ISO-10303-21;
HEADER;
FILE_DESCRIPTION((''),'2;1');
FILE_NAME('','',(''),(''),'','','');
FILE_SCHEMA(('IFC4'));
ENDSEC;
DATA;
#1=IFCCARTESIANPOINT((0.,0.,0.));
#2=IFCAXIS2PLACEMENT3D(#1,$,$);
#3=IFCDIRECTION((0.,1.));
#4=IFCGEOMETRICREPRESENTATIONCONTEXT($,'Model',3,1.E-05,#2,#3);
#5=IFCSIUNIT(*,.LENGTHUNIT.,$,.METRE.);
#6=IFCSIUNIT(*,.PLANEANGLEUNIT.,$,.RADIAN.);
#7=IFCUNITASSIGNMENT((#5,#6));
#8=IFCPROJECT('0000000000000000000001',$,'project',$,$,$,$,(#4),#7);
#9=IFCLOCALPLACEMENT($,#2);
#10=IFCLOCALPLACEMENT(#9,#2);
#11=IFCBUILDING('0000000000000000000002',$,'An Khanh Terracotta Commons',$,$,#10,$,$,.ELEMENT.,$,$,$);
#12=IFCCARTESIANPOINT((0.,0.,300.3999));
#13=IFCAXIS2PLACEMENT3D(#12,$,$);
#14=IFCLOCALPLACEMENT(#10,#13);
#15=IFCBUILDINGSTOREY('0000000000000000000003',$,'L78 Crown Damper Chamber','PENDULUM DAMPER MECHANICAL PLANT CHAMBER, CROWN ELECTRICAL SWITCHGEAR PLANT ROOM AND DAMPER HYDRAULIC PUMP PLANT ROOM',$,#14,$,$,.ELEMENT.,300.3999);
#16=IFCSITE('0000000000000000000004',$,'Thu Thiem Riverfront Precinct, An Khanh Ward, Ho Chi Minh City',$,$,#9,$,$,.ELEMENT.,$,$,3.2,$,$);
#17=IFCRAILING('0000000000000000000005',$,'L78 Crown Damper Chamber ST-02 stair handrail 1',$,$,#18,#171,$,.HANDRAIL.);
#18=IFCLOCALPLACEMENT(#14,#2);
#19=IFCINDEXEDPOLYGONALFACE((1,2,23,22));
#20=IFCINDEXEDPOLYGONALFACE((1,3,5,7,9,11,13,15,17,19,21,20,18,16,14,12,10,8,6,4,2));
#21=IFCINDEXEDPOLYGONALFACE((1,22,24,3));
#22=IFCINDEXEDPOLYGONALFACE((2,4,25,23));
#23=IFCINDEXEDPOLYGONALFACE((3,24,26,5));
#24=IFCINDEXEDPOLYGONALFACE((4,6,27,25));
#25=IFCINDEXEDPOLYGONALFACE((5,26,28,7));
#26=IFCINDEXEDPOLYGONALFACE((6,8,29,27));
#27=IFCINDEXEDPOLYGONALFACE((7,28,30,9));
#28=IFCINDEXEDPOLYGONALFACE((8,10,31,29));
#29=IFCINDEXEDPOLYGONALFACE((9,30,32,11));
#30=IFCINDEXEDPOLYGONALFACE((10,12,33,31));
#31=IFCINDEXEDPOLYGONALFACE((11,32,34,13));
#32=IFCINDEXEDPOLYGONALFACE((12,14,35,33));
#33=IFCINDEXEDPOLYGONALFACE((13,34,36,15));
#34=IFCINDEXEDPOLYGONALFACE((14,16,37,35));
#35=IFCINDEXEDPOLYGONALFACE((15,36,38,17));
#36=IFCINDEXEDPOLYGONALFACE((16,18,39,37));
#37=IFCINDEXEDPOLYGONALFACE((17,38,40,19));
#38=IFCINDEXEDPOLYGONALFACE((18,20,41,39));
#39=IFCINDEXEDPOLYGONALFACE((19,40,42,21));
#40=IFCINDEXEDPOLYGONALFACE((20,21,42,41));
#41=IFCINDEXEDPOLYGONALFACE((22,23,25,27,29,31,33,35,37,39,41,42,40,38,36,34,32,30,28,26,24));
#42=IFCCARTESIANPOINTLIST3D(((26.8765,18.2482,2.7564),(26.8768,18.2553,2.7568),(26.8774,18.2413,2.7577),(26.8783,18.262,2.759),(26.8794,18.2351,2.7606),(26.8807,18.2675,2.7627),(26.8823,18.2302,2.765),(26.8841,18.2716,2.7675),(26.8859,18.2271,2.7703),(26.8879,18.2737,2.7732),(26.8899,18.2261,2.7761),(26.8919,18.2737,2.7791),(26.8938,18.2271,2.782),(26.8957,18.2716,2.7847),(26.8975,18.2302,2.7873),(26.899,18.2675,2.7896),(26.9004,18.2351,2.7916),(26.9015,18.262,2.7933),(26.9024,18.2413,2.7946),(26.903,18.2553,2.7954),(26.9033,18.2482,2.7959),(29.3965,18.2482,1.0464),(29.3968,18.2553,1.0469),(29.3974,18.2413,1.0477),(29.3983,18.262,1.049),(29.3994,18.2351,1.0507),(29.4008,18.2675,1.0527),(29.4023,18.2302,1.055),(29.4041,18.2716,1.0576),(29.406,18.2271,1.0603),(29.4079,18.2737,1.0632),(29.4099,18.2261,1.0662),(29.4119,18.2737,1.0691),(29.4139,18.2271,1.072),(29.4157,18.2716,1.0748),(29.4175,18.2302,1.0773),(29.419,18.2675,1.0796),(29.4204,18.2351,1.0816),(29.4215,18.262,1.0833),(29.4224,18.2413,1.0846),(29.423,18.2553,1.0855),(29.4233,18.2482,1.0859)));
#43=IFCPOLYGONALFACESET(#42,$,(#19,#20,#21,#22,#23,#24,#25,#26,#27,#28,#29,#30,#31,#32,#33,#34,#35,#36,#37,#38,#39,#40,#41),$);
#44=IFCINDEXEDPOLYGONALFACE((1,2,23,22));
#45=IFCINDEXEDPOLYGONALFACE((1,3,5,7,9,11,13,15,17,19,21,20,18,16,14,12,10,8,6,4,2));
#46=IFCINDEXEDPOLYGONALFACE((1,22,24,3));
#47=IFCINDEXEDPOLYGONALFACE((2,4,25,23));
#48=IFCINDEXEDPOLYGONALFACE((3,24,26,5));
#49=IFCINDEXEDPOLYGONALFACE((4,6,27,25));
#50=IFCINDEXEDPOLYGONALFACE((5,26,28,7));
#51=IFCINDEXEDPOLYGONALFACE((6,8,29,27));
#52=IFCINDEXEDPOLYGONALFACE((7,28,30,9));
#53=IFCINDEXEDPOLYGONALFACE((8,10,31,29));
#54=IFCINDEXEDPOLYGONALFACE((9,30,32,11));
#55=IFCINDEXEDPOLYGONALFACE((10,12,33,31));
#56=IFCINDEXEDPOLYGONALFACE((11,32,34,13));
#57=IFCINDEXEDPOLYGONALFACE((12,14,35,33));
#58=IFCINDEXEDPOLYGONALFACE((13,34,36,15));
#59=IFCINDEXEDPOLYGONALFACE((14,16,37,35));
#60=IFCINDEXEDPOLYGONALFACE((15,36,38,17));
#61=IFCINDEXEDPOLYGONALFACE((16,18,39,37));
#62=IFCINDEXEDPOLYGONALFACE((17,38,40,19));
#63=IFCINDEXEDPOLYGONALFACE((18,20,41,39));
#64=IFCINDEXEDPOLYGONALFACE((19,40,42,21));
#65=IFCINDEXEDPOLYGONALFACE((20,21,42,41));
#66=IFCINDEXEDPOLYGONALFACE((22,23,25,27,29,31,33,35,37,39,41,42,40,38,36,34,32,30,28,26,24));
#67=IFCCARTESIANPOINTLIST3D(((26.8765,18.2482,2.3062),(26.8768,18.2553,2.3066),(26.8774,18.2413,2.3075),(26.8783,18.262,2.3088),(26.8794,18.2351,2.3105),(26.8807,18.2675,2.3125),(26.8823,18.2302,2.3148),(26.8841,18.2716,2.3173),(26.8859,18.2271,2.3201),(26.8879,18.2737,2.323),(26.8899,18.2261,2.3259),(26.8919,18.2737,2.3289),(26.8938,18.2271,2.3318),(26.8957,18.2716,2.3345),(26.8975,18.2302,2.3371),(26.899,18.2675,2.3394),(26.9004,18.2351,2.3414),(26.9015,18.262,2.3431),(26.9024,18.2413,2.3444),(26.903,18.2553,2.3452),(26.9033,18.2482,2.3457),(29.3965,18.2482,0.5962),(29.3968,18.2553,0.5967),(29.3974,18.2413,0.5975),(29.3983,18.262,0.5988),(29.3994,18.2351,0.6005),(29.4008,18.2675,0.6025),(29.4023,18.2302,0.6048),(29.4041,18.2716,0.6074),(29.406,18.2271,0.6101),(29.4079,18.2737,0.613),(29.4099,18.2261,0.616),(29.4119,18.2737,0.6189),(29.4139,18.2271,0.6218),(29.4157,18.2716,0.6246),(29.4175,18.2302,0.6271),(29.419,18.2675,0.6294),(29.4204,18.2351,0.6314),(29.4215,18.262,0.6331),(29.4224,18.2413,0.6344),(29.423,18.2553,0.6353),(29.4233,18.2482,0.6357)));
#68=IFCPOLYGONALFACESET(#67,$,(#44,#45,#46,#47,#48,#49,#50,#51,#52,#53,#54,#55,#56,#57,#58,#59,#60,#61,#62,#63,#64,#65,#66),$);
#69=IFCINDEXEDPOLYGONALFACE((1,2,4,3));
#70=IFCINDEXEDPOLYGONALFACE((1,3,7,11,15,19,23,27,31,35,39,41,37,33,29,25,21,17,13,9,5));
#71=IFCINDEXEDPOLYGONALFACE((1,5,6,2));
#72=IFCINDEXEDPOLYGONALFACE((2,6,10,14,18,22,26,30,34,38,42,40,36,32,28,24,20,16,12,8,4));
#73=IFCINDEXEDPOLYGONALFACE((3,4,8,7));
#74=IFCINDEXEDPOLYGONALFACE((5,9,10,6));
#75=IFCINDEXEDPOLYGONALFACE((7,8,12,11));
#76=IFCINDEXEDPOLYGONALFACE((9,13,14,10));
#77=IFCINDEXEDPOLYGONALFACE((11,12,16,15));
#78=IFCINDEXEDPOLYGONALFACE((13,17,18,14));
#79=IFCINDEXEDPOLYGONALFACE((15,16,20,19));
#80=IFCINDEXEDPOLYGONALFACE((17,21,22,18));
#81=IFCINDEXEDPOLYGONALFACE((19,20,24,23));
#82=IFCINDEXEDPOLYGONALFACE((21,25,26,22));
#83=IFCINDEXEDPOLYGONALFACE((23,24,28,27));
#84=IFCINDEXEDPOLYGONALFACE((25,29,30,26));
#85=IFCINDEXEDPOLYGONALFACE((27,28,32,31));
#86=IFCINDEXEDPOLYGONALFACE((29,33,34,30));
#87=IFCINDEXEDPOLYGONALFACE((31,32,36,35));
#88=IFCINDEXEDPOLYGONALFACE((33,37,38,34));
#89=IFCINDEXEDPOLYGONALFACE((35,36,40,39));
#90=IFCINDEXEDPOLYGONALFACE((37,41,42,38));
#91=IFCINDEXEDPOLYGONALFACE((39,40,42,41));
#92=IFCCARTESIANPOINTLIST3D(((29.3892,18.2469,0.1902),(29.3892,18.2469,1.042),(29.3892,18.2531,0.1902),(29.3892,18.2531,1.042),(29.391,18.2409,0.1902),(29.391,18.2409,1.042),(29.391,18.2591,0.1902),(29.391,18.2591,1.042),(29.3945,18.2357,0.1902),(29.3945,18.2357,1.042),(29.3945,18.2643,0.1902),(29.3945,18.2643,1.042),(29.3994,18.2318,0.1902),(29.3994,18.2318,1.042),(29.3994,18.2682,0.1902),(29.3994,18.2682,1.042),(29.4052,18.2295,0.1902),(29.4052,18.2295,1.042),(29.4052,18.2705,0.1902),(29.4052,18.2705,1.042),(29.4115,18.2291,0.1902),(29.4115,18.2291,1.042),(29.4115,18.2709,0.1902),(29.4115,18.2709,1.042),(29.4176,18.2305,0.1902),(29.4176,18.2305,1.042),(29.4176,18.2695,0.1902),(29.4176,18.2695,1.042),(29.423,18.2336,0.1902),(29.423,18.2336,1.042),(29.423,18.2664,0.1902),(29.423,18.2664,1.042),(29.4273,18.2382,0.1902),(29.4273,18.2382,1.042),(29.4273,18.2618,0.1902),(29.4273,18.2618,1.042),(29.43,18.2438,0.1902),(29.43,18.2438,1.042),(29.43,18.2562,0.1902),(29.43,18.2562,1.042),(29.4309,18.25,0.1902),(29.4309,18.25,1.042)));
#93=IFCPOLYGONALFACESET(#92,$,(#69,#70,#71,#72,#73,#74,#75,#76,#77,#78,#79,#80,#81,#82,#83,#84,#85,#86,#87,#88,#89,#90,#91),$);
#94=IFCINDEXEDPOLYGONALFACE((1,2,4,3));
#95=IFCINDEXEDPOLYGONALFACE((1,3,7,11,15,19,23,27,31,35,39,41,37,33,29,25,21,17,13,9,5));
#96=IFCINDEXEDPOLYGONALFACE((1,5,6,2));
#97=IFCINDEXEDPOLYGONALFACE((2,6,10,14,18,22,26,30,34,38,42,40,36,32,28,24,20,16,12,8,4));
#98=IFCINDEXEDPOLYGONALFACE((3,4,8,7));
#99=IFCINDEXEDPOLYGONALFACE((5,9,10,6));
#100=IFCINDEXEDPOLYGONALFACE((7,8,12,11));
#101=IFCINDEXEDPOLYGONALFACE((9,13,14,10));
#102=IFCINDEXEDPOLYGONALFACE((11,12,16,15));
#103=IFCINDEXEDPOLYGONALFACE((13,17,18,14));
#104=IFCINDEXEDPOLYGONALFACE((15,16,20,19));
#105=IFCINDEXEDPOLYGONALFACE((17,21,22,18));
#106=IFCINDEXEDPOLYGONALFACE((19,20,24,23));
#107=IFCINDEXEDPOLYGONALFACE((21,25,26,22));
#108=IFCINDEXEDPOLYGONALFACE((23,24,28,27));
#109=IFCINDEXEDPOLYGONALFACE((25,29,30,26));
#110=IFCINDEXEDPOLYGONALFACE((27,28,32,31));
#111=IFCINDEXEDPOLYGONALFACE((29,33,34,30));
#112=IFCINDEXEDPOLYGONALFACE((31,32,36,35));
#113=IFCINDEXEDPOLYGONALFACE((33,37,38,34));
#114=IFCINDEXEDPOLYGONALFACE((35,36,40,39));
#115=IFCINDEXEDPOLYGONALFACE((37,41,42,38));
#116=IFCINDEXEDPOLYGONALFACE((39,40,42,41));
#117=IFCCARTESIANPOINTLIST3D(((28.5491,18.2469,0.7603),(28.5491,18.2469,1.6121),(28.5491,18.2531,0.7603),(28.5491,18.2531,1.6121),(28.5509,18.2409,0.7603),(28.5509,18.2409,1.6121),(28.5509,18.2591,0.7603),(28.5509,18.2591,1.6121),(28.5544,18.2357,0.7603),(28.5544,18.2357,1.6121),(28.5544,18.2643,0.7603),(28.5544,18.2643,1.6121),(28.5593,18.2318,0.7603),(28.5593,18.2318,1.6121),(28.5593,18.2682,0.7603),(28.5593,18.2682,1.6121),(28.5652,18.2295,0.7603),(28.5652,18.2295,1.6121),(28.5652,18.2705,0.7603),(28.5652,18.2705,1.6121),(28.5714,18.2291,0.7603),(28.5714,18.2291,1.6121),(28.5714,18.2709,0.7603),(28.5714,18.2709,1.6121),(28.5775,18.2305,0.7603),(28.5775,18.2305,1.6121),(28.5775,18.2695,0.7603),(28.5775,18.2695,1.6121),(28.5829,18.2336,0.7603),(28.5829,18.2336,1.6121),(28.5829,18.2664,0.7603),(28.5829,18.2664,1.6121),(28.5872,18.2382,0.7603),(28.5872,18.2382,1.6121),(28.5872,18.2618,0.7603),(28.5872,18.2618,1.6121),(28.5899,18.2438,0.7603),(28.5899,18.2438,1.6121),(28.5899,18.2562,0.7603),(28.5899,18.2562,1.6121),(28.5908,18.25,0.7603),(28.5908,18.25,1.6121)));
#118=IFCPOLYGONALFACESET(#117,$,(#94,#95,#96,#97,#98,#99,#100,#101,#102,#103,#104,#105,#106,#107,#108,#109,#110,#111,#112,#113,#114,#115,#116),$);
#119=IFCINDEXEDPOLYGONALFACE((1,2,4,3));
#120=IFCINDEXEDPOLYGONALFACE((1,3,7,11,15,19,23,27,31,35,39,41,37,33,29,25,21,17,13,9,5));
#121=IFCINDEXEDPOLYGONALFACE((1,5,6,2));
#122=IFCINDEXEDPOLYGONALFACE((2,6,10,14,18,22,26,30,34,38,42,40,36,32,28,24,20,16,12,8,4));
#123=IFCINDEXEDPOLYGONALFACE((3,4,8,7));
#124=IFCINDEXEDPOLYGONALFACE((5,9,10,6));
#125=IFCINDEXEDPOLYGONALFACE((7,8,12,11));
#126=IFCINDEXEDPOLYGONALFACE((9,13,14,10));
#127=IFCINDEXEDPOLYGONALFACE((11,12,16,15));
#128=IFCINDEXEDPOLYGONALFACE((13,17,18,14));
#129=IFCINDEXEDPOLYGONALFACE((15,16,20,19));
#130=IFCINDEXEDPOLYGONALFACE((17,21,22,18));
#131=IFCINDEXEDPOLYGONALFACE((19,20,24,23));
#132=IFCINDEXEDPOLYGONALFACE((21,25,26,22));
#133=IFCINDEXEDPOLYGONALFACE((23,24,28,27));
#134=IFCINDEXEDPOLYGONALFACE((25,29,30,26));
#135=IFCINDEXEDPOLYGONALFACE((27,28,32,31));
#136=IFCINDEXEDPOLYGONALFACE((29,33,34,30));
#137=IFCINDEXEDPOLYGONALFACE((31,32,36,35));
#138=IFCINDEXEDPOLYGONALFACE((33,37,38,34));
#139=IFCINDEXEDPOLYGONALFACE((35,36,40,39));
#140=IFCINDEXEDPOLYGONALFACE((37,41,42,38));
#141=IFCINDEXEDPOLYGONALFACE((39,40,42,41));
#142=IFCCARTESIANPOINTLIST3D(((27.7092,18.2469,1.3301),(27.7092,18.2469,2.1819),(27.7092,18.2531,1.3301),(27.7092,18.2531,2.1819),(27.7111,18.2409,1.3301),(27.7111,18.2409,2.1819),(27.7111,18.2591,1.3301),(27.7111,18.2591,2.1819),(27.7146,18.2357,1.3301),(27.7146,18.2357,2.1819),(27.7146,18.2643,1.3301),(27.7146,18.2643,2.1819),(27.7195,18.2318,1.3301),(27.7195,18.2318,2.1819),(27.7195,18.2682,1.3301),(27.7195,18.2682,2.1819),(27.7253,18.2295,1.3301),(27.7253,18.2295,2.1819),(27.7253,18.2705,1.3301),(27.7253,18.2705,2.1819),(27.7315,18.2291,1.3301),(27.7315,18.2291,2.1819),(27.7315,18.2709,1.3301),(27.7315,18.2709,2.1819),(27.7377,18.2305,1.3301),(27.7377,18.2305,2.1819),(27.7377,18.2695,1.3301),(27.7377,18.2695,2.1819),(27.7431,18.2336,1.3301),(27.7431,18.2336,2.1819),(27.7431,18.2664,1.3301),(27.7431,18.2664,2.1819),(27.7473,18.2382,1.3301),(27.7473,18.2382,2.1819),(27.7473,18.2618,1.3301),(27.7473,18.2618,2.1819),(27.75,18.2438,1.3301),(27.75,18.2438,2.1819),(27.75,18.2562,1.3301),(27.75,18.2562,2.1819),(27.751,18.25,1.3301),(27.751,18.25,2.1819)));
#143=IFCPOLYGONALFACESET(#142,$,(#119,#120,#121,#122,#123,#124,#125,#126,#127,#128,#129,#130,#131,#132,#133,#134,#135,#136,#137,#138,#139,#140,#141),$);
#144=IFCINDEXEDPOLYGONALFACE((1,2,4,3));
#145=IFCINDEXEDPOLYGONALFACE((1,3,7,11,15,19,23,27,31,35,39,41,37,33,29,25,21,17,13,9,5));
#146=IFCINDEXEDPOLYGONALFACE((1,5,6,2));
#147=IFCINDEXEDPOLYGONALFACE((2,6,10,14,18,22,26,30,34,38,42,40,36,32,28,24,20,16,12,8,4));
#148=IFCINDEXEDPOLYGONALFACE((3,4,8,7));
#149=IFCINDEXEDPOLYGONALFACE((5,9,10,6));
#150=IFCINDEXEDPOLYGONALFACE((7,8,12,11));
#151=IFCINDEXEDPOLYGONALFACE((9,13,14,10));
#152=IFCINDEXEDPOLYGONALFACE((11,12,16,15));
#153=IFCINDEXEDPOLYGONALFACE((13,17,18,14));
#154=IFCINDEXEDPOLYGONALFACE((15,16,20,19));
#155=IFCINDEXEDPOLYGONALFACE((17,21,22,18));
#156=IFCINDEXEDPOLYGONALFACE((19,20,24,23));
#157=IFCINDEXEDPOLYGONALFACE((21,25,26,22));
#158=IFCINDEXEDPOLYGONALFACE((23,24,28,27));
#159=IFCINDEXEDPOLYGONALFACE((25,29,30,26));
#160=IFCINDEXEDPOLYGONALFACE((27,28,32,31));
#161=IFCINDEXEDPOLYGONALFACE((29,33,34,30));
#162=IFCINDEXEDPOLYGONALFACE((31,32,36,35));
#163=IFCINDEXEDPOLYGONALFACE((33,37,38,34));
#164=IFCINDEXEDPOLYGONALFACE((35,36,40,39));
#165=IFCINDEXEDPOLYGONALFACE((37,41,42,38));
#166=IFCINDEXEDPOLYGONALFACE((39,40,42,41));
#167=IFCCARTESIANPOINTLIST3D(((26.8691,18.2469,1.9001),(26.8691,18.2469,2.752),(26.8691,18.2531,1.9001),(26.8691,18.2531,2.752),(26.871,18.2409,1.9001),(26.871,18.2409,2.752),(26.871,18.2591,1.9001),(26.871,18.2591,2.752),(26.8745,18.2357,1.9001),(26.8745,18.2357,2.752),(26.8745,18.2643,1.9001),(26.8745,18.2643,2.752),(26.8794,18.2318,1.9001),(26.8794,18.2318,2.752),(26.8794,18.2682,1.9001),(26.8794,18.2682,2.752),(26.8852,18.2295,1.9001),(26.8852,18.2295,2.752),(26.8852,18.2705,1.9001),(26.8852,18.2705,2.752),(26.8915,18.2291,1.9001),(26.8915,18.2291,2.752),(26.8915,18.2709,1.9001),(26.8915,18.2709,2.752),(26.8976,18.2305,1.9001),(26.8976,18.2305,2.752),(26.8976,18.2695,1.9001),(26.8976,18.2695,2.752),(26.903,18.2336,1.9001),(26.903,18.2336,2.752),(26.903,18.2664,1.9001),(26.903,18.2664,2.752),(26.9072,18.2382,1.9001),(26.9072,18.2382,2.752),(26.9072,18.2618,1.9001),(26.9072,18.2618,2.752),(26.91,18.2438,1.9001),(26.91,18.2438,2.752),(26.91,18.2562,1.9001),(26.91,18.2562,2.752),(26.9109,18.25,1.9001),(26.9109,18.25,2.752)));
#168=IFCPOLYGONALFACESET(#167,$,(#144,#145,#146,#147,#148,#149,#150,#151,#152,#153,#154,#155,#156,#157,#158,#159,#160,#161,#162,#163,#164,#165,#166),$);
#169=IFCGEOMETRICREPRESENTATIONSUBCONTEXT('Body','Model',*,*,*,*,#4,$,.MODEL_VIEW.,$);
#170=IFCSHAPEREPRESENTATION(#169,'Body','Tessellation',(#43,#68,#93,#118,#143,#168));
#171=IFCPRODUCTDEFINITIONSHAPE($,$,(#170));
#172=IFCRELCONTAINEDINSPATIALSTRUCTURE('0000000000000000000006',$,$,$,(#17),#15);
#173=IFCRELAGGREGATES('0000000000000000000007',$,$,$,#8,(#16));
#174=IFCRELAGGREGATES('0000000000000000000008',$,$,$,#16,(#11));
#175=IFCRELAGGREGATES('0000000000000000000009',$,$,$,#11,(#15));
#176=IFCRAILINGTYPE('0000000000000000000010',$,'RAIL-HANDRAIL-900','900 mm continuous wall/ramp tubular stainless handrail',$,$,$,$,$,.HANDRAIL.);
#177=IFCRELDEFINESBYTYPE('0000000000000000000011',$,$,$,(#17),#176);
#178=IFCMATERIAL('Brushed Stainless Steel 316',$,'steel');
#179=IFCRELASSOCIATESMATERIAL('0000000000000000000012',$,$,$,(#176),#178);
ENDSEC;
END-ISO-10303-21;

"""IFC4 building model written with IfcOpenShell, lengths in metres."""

from ifc_helpers import new_model, si_unit, direction, frame, origin, origin_2d, place, context, subcontext, project, spatial, circle, extrude, material, type_object, element, save


model = new_model("IFC4")

# Units and contexts
model_context = context("Model", 3, precision=1e-05, world=origin(), true_north=direction((0.0, 1.0)))
body_context = subcontext(model_context, "Body", "Model", "MODEL_VIEW")
ifc_project = project(units=[si_unit("LENGTHUNIT", "METRE"), si_unit("PLANEANGLEUNIT", "RADIAN")], contexts=[model_context])

# Site, building, storey
site_placement = place(None, origin())
site = spatial("IfcSite", under=ifc_project, at=site_placement, Name="Thu Thiem Riverfront Precinct, An Khanh Ward, Ho Chi Minh City", CompositionType="ELEMENT", RefElevation=3.2)
building_placement = place(site_placement, origin())
building = spatial("IfcBuilding", under=site, at=building_placement, Name="An Khanh Terracotta Commons", CompositionType="ELEMENT")
storey_placement = place(building_placement, frame((0.0, 0.0, 300.3999)))
storey = spatial("IfcBuildingStorey", under=building, at=storey_placement, Name="L78 Crown Damper Chamber", Description="PENDULUM DAMPER MECHANICAL PLANT CHAMBER, CROWN ELECTRICAL SWITCHGEAR PLANT ROOM AND DAMPER HYDRAULIC PUMP PLANT ROOM", CompositionType="ELEMENT", Elevation=300.3999)

# Railing
ifc_material_1 = material(Name="Brushed Stainless Steel 316", Category="steel")
railing_type_1 = type_object("IfcRailingType", Name="RAIL-HANDRAIL-900", Description="900 mm continuous wall/ramp tubular stainless handrail", PredefinedType="HANDRAIL", material=ifc_material_1)
railing_1_placement = place(storey_placement, frame((29.4099, 18.25, 0.1902)))
element("IfcRailing", 1, at=railing_1_placement, inside=storey, type_object=railing_type_1, Name="L78 Crown Damper Chamber ST-02 stair handrail 1", PredefinedType="HANDRAIL", context=body_context, shape_type="SweptSolid", body=[
    extrude(circle(Radius=0.0239, at=origin_2d()), frame((0.0, 0.0, 0.876), z_axis=(-0.827484, 0.0, 0.56149), x_axis=(0.0, -1.0, 0.0)), (0.0, 0.0, 1.0), 3.0454),
    extrude(circle(Radius=0.0239, at=origin_2d()), frame((0.0, 0.0, 0.4258), z_axis=(-0.827484, 0.0, 0.56149), x_axis=(0.0, -1.0, 0.0)), (0.0, 0.0, 1.0), 3.0454),
    extrude(circle(Radius=0.021, at=origin_2d()), origin(), (0.0, 0.0, 1.0), 0.8518),
    extrude(circle(Radius=0.021, at=origin_2d()), frame((-0.8401, 0.0, 0.5701)), (0.0, 0.0, 1.0), 0.8518),
    extrude(circle(Radius=0.021, at=origin_2d()), frame((-1.6799, 0.0, 1.1399)), (0.0, 0.0, 1.0), 0.8518),
    extrude(circle(Radius=0.021, at=origin_2d()), frame((-2.52, 0.0, 1.71)), (0.0, 0.0, 1.0), 0.8518),
])

save(model, "model.ifc")
